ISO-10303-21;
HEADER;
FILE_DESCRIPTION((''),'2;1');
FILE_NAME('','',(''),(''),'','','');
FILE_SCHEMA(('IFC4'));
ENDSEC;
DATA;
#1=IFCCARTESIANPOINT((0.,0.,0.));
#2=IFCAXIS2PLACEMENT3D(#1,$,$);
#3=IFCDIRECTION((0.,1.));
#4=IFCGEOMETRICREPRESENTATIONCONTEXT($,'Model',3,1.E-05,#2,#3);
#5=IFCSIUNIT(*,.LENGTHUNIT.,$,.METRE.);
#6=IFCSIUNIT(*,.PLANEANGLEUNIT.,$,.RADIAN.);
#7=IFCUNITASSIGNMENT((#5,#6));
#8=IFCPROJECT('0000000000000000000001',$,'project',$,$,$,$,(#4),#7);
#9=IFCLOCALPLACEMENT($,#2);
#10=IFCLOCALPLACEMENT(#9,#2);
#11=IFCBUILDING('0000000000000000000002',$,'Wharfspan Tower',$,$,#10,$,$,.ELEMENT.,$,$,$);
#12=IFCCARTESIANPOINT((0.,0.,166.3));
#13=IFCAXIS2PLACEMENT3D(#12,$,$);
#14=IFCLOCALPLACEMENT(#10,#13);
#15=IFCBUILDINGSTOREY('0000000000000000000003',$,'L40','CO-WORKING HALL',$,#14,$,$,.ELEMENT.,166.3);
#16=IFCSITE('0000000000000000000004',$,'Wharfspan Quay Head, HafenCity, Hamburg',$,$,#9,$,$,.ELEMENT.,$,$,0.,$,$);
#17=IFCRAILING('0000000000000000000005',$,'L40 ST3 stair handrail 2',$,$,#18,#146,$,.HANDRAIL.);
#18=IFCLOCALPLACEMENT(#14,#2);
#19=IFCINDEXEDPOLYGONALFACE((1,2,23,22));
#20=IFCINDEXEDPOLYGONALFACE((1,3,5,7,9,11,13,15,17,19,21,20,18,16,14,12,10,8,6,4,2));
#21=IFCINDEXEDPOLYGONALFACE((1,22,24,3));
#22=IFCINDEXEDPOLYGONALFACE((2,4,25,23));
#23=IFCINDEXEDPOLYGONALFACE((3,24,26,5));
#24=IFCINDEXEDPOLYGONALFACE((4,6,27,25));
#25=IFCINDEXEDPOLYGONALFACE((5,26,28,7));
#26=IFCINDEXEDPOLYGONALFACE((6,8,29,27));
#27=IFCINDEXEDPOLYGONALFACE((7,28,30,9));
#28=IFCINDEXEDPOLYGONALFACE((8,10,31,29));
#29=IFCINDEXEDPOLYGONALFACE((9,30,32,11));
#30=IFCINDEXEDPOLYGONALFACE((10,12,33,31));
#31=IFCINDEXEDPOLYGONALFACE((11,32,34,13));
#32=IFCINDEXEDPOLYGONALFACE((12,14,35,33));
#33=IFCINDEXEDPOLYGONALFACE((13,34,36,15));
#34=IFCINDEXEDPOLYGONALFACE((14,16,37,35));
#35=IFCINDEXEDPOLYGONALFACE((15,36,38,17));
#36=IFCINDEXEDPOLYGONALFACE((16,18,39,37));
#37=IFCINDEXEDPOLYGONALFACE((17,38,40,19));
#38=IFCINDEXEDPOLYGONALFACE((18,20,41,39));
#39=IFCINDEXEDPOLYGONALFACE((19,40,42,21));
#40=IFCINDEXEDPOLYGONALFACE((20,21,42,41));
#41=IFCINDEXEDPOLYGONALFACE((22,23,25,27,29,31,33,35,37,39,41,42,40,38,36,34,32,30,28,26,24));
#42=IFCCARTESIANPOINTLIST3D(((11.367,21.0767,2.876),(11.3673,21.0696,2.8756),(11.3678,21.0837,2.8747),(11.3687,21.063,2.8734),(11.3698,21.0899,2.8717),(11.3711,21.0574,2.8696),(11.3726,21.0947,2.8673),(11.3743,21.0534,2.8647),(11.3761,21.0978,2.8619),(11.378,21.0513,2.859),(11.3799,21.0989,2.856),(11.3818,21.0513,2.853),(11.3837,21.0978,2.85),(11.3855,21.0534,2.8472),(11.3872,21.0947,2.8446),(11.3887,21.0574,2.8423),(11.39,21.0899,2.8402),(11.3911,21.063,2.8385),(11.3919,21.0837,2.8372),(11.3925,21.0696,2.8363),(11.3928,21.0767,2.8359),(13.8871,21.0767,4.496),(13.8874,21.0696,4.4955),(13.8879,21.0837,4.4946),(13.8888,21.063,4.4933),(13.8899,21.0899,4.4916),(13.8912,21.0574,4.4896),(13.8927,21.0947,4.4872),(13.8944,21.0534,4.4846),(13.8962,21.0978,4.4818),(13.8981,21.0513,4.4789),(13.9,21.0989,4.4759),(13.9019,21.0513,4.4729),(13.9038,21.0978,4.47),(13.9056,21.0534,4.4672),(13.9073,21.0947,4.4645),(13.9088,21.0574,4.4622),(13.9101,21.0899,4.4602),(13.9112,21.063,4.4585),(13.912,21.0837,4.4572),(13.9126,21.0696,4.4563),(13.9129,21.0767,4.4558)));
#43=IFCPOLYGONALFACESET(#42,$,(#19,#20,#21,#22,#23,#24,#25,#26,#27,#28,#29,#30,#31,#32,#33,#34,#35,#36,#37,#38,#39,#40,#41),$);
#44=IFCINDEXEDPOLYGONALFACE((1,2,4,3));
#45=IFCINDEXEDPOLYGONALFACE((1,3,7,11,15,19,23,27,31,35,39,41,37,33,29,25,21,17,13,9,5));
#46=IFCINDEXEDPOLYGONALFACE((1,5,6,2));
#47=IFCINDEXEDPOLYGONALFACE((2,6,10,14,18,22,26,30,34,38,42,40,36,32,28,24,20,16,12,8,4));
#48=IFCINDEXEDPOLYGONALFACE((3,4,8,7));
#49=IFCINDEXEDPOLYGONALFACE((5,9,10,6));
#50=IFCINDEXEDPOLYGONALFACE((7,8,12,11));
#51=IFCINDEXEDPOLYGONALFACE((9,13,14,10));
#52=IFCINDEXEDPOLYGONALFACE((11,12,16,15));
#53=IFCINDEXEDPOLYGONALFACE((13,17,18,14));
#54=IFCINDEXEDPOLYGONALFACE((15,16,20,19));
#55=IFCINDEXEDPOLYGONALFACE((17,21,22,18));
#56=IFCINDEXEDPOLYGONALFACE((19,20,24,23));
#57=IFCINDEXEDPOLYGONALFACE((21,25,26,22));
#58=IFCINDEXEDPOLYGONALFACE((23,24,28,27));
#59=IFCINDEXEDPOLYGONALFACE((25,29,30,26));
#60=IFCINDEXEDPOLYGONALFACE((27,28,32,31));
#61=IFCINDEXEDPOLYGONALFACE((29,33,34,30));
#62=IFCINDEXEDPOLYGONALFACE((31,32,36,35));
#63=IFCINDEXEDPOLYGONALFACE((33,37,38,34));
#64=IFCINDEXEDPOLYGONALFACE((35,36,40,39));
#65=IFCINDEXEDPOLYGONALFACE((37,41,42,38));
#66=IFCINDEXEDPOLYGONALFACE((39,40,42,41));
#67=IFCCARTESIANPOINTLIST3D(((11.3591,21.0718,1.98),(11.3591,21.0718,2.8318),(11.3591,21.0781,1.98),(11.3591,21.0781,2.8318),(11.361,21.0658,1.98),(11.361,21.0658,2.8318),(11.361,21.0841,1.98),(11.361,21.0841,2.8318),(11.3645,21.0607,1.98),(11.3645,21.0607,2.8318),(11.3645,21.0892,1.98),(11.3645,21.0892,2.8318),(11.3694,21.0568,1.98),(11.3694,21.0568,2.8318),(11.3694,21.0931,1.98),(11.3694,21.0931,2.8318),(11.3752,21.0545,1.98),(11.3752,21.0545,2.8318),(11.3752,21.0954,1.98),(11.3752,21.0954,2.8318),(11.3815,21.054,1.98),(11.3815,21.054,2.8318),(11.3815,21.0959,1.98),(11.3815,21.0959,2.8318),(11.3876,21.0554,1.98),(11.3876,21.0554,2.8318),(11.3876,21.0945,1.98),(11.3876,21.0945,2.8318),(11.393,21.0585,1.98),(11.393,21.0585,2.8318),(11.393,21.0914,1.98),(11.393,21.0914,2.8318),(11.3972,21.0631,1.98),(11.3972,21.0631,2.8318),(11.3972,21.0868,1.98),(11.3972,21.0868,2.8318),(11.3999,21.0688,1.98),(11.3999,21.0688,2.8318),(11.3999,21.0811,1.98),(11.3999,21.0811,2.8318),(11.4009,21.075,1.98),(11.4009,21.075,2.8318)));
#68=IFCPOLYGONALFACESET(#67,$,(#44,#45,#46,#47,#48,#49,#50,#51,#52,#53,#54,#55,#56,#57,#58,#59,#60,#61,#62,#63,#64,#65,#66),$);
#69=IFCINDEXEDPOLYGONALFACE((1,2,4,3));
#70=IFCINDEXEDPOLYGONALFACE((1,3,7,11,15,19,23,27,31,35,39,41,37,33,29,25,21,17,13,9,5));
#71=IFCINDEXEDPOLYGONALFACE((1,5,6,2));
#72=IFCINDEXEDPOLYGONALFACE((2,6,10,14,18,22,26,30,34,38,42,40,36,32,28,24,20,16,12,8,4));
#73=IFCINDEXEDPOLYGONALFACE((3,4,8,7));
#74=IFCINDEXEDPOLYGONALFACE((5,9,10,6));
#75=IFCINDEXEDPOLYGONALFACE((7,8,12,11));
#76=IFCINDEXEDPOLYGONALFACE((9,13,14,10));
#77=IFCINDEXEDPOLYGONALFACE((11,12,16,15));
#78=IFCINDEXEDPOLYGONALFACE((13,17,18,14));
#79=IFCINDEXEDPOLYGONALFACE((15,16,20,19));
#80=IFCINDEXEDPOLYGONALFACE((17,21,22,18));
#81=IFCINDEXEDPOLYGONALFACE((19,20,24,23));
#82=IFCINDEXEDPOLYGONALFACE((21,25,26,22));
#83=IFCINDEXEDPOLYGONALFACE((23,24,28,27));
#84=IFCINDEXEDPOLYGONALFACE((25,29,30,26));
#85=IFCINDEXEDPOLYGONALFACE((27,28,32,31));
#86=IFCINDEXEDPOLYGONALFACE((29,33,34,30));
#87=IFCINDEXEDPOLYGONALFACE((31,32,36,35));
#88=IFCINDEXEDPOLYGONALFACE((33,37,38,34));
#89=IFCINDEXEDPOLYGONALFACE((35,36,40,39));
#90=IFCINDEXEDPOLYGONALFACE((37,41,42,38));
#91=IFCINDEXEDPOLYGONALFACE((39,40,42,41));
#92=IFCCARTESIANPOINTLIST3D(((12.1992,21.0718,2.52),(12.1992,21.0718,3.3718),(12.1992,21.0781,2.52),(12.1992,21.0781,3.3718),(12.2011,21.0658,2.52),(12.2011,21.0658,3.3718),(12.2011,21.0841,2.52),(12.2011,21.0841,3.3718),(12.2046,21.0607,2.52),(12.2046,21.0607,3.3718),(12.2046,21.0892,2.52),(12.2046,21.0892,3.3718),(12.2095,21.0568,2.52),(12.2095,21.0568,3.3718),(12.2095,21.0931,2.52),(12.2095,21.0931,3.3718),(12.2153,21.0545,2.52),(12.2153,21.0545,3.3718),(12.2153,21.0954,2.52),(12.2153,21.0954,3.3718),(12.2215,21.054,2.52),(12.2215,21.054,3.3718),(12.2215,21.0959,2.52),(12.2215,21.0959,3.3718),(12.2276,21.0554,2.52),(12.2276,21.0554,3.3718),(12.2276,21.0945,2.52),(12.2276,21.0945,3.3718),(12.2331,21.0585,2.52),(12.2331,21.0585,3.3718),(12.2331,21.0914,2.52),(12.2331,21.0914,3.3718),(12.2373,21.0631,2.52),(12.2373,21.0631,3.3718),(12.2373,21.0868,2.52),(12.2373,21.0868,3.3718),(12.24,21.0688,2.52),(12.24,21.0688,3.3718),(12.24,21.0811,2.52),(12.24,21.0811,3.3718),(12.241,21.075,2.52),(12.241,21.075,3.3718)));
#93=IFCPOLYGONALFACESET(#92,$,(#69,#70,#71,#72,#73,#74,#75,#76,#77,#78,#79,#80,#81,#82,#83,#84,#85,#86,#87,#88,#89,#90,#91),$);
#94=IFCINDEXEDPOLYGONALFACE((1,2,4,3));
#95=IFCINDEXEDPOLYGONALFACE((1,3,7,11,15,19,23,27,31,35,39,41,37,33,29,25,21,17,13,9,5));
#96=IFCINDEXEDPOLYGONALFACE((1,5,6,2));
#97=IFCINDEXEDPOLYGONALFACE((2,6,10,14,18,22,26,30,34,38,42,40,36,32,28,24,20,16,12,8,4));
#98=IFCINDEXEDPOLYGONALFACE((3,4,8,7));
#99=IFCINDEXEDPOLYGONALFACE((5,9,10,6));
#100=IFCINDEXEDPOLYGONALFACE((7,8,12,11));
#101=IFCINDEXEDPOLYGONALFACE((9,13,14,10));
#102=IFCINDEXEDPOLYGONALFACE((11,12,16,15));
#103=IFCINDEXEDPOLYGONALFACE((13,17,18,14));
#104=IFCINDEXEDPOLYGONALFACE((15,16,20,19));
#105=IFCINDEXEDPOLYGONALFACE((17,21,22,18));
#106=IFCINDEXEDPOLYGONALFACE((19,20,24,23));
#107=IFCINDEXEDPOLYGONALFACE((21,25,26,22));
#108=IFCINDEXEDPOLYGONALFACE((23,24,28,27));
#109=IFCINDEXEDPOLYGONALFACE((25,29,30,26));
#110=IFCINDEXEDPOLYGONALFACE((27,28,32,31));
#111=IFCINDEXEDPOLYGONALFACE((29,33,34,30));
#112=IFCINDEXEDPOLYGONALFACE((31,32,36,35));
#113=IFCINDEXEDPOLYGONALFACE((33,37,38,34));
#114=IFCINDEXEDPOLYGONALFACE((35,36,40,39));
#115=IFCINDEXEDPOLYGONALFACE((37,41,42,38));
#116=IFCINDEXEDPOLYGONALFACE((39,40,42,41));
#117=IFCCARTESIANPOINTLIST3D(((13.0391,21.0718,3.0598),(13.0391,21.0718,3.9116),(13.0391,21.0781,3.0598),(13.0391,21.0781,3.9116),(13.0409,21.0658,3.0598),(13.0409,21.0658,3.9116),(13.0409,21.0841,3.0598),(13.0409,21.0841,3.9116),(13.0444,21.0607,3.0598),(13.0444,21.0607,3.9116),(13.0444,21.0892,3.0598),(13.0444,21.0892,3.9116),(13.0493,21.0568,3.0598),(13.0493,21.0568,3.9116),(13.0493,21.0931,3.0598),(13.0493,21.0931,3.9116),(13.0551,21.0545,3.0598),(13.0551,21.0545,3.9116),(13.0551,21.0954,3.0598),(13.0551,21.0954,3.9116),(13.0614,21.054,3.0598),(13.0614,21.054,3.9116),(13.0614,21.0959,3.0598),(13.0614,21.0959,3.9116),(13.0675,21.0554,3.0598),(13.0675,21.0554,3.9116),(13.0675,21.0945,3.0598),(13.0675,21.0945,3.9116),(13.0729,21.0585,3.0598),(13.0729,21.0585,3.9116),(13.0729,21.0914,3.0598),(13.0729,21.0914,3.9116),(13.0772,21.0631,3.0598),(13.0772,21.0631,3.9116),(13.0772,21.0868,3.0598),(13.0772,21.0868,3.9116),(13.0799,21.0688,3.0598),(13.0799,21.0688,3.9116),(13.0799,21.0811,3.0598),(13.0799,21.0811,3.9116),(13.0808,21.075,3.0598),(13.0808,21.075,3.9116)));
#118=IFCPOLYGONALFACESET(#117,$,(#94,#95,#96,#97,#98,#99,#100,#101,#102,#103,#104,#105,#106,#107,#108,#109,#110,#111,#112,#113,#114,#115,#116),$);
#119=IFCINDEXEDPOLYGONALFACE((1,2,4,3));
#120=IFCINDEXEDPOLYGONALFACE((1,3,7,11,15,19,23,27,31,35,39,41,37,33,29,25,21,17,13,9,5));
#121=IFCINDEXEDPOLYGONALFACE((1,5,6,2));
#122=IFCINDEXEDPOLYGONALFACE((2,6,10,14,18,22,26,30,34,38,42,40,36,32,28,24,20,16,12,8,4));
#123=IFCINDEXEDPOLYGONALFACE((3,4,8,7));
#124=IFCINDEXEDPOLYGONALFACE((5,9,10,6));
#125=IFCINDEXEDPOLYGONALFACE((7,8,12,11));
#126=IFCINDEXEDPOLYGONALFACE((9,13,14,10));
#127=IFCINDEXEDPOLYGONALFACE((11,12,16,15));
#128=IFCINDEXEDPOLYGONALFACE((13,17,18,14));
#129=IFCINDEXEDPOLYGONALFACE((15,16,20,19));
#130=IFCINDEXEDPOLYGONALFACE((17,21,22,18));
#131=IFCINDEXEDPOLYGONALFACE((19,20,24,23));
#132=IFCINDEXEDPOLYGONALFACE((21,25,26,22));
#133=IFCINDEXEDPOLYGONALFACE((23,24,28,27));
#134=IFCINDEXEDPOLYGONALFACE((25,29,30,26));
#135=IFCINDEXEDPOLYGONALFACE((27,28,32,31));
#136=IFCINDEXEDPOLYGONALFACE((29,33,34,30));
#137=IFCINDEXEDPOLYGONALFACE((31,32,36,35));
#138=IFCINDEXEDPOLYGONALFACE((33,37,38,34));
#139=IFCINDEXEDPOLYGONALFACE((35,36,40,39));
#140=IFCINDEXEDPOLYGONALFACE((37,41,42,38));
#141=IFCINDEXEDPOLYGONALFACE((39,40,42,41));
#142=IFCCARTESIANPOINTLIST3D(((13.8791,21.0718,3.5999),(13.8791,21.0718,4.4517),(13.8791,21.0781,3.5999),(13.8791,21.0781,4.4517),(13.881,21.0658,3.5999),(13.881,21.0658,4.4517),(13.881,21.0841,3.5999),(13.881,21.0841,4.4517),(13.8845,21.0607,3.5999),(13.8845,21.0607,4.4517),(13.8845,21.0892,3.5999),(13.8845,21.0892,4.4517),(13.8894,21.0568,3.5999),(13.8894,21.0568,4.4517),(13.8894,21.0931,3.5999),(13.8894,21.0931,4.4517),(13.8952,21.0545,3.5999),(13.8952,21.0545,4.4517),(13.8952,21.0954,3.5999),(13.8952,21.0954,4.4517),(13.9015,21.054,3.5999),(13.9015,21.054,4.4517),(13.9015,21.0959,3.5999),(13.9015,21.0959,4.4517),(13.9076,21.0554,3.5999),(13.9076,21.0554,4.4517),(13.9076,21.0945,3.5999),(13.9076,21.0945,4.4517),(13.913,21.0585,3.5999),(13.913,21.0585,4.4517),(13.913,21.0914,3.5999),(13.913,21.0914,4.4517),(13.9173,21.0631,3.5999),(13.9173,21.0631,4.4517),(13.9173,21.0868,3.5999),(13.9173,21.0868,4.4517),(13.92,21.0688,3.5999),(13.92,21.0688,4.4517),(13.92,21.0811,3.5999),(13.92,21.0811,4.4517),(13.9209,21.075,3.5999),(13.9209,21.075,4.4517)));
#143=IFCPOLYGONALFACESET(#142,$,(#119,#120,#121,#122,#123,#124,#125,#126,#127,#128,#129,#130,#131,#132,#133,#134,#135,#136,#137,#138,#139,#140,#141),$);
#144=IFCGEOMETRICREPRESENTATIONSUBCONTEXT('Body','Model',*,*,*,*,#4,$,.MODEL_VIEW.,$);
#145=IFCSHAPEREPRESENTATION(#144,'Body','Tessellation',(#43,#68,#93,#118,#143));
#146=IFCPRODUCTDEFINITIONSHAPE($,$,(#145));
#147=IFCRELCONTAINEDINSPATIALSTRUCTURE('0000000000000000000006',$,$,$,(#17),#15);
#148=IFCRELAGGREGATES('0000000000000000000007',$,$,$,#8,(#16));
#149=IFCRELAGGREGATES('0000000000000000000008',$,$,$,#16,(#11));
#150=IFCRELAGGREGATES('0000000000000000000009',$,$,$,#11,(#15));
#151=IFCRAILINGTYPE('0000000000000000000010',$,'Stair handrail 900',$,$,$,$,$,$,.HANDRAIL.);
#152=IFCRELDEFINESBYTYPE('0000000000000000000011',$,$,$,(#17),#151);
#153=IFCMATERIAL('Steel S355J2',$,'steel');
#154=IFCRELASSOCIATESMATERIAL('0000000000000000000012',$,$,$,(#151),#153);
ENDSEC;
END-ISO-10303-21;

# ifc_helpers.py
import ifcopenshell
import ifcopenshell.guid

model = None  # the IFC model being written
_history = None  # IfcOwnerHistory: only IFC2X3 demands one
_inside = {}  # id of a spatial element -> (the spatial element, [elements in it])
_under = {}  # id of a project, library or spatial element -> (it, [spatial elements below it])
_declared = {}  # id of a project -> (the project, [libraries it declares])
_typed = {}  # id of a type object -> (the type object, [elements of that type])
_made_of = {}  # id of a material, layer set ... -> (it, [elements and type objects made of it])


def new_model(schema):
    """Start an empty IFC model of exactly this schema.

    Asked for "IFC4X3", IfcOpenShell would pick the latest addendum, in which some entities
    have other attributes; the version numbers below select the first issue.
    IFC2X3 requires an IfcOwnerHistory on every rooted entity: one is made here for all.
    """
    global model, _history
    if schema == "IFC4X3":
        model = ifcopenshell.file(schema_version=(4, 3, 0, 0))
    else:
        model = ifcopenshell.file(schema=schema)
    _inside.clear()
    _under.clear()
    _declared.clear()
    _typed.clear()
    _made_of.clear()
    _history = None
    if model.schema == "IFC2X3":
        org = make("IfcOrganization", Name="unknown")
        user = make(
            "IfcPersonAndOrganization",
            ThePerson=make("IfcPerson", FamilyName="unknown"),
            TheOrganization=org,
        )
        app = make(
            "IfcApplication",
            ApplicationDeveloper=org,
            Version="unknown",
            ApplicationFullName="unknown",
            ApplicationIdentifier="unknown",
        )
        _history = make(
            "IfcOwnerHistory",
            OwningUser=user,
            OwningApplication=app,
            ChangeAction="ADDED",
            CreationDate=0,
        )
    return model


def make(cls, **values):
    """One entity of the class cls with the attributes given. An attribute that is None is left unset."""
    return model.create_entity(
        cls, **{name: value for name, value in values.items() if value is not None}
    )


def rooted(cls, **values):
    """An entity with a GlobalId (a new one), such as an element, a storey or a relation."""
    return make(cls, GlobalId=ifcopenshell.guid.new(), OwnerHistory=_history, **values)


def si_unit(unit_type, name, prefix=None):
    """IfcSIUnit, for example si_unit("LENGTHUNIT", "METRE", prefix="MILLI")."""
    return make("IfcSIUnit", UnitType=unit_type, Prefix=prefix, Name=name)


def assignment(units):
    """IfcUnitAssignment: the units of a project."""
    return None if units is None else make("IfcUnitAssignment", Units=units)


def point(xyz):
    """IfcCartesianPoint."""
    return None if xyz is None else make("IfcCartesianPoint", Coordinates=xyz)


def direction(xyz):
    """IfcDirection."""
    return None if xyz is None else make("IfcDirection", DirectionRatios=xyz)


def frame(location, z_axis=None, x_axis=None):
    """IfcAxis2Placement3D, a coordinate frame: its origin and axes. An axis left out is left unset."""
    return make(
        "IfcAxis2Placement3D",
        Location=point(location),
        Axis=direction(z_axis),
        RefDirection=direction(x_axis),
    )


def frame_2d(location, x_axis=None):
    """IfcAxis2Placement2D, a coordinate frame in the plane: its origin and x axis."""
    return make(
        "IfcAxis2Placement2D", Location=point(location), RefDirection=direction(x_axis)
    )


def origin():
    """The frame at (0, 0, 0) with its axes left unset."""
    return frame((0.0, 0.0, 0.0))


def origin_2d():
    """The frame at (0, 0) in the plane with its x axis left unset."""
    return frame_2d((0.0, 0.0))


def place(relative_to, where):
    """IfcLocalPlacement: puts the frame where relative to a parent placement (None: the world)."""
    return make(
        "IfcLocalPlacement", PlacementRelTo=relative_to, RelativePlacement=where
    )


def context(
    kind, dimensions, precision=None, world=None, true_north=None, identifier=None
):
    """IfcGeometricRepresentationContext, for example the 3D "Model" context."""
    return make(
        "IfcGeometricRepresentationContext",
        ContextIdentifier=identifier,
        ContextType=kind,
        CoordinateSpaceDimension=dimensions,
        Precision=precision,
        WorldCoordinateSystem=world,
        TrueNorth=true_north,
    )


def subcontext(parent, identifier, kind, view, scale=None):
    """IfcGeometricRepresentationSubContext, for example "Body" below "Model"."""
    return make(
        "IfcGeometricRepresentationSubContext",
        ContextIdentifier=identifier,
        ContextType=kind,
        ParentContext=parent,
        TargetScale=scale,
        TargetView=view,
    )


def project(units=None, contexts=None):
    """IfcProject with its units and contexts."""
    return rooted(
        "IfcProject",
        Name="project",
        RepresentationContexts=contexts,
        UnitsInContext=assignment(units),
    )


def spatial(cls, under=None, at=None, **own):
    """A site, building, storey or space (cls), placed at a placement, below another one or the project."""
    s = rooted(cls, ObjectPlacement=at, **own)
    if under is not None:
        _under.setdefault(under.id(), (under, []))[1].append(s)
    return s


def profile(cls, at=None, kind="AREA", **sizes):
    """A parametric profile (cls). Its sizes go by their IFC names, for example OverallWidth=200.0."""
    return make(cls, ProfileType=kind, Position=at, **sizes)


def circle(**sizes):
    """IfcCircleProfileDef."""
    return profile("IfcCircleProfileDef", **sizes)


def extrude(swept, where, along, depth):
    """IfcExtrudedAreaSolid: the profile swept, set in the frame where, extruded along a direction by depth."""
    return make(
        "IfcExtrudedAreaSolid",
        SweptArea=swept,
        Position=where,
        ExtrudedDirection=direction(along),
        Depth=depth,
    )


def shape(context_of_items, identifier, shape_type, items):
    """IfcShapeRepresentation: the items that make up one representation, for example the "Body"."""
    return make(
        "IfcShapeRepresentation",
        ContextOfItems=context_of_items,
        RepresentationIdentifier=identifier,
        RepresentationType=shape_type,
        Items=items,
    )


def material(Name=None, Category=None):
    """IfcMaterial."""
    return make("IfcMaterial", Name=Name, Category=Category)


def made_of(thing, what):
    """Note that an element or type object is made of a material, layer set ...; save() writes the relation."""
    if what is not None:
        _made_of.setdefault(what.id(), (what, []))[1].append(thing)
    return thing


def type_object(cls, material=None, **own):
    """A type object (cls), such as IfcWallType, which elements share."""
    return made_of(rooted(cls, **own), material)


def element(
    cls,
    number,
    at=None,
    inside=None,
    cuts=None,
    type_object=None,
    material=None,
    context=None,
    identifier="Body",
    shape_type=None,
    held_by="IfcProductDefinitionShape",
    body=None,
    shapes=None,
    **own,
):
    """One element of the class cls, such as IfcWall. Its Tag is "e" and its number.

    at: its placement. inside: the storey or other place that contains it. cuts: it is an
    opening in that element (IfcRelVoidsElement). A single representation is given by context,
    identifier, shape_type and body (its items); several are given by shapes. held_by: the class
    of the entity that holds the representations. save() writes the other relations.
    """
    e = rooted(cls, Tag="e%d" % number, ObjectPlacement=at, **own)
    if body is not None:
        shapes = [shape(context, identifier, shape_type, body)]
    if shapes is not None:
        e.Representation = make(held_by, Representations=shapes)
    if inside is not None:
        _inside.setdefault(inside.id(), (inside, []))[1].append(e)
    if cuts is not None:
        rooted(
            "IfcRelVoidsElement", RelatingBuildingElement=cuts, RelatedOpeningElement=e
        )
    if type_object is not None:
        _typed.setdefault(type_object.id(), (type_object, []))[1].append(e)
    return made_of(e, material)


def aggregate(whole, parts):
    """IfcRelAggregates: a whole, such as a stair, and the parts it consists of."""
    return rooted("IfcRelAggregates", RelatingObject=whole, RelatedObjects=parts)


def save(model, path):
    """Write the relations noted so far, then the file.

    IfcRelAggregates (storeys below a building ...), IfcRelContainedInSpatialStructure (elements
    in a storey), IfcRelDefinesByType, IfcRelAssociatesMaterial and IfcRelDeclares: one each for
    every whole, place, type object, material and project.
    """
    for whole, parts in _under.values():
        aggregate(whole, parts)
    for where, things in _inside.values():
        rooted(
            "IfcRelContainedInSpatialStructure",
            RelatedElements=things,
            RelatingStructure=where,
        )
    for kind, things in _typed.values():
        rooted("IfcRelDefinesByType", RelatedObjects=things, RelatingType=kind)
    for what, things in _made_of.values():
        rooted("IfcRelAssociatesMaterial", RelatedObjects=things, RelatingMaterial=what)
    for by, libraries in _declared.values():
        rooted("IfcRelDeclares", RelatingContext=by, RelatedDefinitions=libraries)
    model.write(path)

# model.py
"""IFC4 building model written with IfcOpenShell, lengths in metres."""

from ifc_helpers import new_model, si_unit, direction, frame, origin, origin_2d, place, context, subcontext, project, spatial, circle, extrude, material, type_object, element, save


model = new_model("IFC4")

# Units and contexts
model_context = context("Model", 3, precision=1e-05, world=origin(), true_north=direction((0.0, 1.0)))
body_context = subcontext(model_context, "Body", "Model", "MODEL_VIEW")
ifc_project = project(units=[si_unit("LENGTHUNIT", "METRE"), si_unit("PLANEANGLEUNIT", "RADIAN")], contexts=[model_context])

# Site, building, storey
site_placement = place(None, origin())
site = spatial("IfcSite", under=ifc_project, at=site_placement, Name="Wharfspan Quay Head, HafenCity, Hamburg", CompositionType="ELEMENT", RefElevation=0.0)
building_placement = place(site_placement, origin())
building = spatial("IfcBuilding", under=site, at=building_placement, Name="Wharfspan Tower", CompositionType="ELEMENT")
storey_placement = place(building_placement, frame((0.0, 0.0, 166.3)))
storey = spatial("IfcBuildingStorey", under=building, at=storey_placement, Name="L40", Description="CO-WORKING HALL", CompositionType="ELEMENT", Elevation=166.3)

# Railing
ifc_material_1 = material(Name="Steel S355J2", Category="steel")
railing_type_1 = type_object("IfcRailingType", Name="Stair handrail 900", PredefinedType="HANDRAIL", material=ifc_material_1)
railing_1_placement = place(storey_placement, frame((11.3799, 21.075, 1.98)))
element("IfcRailing", 1, at=railing_1_placement, inside=storey, type_object=railing_type_1, Name="L40 ST3 stair handrail 2", PredefinedType="HANDRAIL", context=body_context, shape_type="SweptSolid", body=[
    extrude(circle(Radius=0.0239, at=origin_2d()), frame((0.0, 0.0, 0.876), z_axis=(0.8412, 0.0, 0.540725), x_axis=(0.0, 1.0, 0.0)), (0.0, 0.0, 1.0), 2.9958),
    extrude(circle(Radius=0.021, at=origin_2d()), origin(), (0.0, 0.0, 1.0), 0.8518),
    extrude(circle(Radius=0.021, at=origin_2d()), frame((0.8401, 0.0, 0.54)), (0.0, 0.0, 1.0), 0.8518),
    extrude(circle(Radius=0.021, at=origin_2d()), frame((1.6799, 0.0, 1.0798)), (0.0, 0.0, 1.0), 0.8518),
    extrude(circle(Radius=0.021, at=origin_2d()), frame((2.52, 0.0, 1.6199)), (0.0, 0.0, 1.0), 0.8518),
])

save(model, "model.ifc")
